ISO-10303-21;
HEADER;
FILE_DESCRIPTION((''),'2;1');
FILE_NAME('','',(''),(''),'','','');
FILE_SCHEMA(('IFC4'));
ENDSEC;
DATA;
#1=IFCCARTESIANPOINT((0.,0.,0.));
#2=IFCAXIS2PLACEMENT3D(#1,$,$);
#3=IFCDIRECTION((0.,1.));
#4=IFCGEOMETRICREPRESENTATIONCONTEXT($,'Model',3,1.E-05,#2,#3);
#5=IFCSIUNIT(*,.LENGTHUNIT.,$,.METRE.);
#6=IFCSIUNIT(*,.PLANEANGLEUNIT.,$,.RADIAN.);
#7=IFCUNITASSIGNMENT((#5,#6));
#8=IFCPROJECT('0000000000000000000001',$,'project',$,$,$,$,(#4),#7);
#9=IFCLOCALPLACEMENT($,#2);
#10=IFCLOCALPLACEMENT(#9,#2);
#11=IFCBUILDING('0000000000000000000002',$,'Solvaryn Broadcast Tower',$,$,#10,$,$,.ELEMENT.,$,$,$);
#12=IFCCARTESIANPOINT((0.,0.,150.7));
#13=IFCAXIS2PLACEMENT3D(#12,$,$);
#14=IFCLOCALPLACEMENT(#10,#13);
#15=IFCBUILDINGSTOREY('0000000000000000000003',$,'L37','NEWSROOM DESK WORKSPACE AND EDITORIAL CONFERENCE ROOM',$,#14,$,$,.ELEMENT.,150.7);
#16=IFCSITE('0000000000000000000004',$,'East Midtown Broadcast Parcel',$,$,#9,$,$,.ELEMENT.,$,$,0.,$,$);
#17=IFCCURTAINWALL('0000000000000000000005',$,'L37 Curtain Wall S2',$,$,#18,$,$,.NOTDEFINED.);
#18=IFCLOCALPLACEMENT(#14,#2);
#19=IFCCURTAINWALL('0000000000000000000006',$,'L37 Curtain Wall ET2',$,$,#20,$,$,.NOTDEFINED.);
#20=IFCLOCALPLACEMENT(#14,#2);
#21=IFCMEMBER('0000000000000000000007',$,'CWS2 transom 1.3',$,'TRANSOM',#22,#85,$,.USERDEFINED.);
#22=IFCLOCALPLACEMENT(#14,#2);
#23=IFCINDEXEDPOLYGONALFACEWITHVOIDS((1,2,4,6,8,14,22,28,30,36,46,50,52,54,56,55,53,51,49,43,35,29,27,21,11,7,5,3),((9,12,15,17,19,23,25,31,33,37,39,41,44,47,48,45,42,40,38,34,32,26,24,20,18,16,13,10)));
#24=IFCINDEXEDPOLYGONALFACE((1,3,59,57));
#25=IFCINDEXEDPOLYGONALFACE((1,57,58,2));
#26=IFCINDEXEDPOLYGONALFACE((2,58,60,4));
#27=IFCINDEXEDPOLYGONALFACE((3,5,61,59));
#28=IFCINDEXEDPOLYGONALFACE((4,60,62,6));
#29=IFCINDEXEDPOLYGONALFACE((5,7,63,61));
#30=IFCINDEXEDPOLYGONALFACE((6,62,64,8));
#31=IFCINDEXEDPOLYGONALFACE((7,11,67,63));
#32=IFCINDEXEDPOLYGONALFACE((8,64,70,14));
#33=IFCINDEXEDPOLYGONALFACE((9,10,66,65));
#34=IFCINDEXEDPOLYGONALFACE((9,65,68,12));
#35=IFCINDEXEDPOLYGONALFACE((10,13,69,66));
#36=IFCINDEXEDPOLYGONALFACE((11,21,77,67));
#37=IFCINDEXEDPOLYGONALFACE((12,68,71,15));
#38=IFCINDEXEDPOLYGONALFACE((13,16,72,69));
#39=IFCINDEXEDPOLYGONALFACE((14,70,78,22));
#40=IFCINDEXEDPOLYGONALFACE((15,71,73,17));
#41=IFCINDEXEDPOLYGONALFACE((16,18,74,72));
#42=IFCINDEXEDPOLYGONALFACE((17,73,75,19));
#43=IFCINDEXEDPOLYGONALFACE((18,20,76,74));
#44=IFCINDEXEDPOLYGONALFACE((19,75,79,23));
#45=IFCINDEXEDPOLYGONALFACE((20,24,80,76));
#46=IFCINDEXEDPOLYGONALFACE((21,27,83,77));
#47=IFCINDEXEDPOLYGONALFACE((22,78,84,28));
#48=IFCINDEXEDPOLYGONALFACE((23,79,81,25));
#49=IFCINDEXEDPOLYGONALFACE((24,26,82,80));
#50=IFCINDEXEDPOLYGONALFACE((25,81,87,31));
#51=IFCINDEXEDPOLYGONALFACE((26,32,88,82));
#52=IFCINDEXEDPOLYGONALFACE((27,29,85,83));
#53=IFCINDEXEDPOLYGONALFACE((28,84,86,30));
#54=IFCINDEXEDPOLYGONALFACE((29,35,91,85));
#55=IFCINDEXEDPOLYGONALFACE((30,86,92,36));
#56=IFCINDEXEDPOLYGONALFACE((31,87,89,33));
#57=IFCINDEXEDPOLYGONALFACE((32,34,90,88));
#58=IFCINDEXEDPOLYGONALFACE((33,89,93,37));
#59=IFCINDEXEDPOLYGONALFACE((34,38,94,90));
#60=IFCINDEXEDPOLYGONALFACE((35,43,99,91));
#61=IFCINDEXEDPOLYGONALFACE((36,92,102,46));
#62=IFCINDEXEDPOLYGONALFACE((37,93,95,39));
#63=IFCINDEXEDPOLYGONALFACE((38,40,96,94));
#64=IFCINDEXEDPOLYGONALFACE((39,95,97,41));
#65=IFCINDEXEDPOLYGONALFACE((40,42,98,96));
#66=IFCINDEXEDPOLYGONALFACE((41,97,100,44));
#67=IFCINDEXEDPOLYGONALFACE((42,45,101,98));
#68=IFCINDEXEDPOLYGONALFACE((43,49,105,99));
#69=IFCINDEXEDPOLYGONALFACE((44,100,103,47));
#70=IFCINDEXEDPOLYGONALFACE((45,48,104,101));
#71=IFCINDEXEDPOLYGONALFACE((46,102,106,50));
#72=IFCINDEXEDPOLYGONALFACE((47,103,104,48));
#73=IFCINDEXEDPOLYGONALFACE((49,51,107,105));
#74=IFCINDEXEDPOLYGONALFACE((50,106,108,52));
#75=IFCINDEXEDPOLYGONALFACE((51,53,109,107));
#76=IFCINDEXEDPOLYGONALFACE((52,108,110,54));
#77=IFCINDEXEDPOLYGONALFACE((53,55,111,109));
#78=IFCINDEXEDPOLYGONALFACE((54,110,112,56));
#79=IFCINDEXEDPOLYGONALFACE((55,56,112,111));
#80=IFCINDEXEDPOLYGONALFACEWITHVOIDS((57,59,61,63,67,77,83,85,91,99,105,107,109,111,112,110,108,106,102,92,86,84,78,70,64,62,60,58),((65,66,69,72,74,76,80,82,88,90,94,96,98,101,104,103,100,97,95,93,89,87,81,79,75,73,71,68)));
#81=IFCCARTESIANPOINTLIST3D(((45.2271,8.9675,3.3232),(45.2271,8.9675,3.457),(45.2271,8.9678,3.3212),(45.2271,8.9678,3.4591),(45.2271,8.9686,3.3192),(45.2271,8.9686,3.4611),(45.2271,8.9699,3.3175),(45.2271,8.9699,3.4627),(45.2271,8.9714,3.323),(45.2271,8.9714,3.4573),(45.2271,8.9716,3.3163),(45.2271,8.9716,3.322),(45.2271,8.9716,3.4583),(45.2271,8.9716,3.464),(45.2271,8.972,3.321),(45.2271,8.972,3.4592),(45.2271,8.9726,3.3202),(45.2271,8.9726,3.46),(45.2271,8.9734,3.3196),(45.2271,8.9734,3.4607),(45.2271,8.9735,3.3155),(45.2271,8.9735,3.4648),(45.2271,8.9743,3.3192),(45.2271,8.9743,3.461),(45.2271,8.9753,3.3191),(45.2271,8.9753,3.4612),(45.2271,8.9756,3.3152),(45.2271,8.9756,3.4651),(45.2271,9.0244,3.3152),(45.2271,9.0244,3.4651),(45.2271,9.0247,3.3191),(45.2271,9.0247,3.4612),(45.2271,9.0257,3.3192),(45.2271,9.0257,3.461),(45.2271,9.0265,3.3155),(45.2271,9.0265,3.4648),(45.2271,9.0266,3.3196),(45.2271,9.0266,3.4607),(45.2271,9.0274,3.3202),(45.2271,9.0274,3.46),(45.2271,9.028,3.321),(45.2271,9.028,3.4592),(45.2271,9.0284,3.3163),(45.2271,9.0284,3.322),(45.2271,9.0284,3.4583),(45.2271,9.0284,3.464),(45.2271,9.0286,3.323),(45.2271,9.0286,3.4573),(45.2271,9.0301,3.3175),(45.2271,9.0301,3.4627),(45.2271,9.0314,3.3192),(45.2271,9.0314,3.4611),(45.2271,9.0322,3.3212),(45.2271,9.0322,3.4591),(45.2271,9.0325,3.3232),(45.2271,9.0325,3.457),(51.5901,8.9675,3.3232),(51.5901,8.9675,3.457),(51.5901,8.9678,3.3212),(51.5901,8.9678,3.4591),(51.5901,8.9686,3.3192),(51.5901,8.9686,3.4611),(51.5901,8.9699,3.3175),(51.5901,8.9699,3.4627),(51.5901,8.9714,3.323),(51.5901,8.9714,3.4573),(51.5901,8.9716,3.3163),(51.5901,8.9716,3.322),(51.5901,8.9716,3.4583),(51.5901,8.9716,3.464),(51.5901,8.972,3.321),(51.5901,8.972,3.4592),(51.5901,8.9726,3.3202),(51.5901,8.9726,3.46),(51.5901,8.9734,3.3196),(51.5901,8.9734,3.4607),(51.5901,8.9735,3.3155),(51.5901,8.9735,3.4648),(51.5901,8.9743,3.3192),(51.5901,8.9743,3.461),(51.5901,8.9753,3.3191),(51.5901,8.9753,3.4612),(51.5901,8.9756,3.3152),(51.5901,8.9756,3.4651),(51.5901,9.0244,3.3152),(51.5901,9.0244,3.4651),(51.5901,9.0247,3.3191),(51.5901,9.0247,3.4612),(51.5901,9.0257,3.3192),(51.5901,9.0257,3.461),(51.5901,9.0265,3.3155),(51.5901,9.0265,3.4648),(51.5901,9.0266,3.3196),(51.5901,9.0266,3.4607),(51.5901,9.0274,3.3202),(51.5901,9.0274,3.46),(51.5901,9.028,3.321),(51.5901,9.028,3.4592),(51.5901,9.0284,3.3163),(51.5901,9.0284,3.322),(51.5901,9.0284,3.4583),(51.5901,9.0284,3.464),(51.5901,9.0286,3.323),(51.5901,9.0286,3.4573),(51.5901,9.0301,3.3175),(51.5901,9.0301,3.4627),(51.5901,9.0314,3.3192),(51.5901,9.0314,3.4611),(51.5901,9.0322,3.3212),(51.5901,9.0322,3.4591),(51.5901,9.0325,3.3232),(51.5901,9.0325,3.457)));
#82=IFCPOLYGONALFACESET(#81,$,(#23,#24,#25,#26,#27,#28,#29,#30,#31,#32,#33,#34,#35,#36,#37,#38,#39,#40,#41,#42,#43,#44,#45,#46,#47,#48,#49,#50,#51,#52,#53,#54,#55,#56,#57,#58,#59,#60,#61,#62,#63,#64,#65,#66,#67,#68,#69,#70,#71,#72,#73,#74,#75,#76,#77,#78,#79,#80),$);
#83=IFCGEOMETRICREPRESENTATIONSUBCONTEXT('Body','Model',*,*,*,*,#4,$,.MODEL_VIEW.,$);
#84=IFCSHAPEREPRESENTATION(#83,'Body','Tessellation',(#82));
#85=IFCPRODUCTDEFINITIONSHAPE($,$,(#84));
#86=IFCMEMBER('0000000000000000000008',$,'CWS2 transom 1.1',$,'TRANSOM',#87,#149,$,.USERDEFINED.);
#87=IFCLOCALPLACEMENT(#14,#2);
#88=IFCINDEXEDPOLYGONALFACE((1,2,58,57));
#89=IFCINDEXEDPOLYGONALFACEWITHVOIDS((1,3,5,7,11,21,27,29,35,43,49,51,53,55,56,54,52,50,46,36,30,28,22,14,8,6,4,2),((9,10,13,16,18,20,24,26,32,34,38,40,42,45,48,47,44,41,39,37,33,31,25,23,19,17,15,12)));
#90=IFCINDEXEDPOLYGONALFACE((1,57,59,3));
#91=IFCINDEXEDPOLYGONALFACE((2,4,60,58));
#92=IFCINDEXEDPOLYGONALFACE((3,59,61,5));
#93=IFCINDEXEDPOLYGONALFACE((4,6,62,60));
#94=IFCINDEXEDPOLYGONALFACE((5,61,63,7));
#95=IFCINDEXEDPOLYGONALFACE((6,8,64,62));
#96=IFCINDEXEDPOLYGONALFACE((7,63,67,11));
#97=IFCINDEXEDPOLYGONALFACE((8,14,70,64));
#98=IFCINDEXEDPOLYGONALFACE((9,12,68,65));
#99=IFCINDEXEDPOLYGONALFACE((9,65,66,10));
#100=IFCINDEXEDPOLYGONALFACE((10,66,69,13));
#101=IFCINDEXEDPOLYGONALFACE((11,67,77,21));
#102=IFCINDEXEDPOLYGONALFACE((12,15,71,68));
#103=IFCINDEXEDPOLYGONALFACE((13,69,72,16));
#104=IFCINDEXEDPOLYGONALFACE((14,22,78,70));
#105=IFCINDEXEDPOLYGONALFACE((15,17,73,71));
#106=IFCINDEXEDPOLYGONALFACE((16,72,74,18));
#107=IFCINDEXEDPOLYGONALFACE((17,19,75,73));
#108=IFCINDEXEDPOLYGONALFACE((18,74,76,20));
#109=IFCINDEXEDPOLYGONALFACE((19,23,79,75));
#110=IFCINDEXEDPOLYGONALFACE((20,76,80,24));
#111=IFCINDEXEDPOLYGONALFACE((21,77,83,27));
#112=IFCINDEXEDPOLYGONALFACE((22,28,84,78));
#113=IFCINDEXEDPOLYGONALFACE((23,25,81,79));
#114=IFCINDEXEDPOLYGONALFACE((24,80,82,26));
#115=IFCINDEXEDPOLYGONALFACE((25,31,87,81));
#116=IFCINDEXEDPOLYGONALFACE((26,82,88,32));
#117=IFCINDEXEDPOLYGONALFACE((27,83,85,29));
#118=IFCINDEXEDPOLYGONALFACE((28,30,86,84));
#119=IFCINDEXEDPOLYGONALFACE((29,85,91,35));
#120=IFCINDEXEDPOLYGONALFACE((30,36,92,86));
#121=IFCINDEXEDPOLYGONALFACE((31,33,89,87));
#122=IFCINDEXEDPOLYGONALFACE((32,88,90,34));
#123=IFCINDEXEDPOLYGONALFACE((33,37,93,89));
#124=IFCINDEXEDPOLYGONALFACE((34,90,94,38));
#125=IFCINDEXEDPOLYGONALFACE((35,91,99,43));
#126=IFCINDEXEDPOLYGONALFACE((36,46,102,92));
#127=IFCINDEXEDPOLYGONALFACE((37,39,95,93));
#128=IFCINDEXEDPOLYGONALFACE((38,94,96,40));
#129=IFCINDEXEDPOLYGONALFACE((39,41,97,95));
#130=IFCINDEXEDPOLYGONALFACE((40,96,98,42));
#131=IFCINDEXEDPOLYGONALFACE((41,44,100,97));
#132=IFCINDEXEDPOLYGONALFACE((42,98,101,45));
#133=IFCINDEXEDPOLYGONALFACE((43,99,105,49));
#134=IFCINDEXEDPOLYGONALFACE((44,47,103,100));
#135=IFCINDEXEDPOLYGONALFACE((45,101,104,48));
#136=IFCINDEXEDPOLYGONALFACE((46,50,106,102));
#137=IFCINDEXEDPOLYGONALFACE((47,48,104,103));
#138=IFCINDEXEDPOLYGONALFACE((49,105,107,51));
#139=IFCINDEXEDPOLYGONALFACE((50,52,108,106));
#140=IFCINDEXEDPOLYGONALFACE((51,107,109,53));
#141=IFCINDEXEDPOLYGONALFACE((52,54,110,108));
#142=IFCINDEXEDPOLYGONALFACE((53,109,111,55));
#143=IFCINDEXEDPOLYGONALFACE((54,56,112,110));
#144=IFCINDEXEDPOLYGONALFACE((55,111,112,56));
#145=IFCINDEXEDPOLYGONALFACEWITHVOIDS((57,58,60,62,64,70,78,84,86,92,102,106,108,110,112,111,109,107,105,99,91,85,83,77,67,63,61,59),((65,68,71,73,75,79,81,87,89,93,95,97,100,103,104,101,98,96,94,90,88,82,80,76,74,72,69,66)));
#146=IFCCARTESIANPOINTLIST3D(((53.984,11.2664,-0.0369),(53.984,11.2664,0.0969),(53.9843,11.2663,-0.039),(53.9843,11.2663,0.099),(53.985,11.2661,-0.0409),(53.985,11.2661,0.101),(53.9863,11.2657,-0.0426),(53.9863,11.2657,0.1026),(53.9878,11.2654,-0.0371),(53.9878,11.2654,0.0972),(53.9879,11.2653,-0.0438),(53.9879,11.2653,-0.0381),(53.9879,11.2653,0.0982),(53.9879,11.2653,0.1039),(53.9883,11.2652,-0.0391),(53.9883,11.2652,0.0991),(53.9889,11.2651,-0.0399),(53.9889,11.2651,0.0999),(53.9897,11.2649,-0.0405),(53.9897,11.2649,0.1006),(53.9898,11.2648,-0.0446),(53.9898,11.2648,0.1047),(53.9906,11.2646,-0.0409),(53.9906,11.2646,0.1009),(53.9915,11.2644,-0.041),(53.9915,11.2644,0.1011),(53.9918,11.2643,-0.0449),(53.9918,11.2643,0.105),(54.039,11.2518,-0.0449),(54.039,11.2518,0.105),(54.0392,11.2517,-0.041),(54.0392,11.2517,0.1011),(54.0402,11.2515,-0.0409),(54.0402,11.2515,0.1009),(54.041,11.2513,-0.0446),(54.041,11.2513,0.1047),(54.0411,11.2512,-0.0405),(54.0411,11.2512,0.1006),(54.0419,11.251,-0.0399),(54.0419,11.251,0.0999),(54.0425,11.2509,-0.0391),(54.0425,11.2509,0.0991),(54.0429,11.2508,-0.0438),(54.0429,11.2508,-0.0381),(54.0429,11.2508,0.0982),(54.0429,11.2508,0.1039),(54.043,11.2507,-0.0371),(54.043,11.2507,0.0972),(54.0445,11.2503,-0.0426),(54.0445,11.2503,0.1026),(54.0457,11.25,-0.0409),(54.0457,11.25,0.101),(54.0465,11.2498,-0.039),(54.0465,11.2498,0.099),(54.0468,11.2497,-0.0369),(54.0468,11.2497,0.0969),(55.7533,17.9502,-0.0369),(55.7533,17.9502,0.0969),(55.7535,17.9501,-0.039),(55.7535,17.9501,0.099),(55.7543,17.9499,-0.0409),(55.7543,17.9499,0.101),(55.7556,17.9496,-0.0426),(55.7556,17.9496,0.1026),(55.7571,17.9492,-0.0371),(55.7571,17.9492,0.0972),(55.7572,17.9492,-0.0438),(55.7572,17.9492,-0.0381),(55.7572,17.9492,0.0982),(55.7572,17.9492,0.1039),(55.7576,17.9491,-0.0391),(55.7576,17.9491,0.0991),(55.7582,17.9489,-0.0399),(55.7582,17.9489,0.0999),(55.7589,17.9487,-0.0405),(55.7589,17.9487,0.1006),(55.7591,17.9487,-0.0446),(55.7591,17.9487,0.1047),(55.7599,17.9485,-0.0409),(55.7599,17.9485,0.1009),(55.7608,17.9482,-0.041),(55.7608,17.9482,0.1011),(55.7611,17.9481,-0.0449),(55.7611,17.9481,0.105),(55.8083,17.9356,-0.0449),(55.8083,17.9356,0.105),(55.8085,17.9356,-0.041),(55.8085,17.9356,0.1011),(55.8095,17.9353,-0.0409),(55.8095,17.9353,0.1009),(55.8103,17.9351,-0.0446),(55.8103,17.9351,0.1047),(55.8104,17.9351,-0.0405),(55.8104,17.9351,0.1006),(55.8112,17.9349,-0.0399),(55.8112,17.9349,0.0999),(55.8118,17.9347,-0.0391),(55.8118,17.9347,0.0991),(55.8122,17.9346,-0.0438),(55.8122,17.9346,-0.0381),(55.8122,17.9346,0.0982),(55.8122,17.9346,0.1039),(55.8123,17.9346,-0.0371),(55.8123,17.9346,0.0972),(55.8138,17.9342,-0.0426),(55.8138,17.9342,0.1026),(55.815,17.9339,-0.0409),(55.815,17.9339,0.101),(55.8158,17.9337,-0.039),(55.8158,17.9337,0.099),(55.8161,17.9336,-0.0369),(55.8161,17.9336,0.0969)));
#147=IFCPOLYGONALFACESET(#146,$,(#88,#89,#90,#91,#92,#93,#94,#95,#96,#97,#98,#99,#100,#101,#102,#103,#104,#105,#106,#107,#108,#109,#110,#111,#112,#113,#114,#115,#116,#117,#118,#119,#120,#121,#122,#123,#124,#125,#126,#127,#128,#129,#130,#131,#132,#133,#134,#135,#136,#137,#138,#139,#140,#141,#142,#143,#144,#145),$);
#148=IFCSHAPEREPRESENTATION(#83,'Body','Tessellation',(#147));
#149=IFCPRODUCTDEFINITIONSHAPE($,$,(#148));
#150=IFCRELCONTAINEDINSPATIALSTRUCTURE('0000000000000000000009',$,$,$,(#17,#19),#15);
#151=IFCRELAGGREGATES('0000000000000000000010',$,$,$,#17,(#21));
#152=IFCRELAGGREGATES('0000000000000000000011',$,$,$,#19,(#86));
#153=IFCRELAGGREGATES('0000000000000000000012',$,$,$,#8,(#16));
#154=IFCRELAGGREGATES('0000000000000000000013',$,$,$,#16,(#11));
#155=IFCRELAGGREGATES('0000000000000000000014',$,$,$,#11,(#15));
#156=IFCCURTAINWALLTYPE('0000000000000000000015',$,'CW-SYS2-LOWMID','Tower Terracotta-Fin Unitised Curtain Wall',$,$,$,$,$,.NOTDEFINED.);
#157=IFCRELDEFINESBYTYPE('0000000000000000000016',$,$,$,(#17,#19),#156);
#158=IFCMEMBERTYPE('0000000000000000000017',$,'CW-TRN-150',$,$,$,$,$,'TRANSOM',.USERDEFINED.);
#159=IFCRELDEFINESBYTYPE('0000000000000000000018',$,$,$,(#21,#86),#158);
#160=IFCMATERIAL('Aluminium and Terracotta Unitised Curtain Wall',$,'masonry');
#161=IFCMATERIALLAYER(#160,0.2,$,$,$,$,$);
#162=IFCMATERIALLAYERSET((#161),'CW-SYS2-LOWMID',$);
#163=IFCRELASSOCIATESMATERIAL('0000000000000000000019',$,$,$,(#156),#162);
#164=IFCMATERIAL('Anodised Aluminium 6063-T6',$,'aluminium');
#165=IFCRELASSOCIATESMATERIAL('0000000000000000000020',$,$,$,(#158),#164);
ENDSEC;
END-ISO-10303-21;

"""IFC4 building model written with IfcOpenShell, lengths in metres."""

from ifc_helpers import new_model, si_unit, direction, frame, origin, origin_2d, place, context, subcontext, project, spatial, hollow_rectangle, extrude, material, layer, layer_set, material_profile, profile_set, type_object, element, aggregate, save


model = new_model("IFC4")

# Units and contexts
model_context = context("Model", 3, precision=1e-05, world=origin(), true_north=direction((0.0, 1.0)))
body_context = subcontext(model_context, "Body", "Model", "MODEL_VIEW")
ifc_project = project(units=[si_unit("LENGTHUNIT", "METRE"), si_unit("PLANEANGLEUNIT", "RADIAN")], contexts=[model_context])

# Site, building, storey
site_placement = place(None, origin())
site = spatial("IfcSite", under=ifc_project, at=site_placement, Name="East Midtown Broadcast Parcel", CompositionType="ELEMENT", RefElevation=0.0)
building_placement = place(site_placement, origin())
building = spatial("IfcBuilding", under=site, at=building_placement, Name="Solvaryn Broadcast Tower", CompositionType="ELEMENT")
storey_placement = place(building_placement, frame((0.0, 0.0, 150.7)))
storey = spatial("IfcBuildingStorey", under=building, at=storey_placement, Name="L37", Description="NEWSROOM DESK WORKSPACE AND EDITORIAL CONFERENCE ROOM", CompositionType="ELEMENT", Elevation=150.7)

# Curtain wall
ifc_material_1 = material(Name="Aluminium and Terracotta Unitised Curtain Wall", Category="masonry")
ifc_layer_1 = layer(ifc_material_1, 0.2)
ifc_layer_set_1 = layer_set([ifc_layer_1], Name="CW-SYS2-LOWMID")
curtain_wall_type = type_object("IfcCurtainWallType", Name="CW-SYS2-LOWMID", Description="Tower Terracotta-Fin Unitised Curtain Wall", PredefinedType="NOTDEFINED", material=ifc_layer_set_1)
curtain_wall_1_placement = place(storey_placement, origin())
curtain_wall_1 = element("IfcCurtainWall", 1, at=curtain_wall_1_placement, inside=storey, type_object=curtain_wall_type, Name="L37 Curtain Wall S2", PredefinedType="NOTDEFINED")

# Curtain wall
curtain_wall_2_placement = place(storey_placement, origin())
curtain_wall_2 = element("IfcCurtainWall", 2, at=curtain_wall_2_placement, inside=storey, type_object=curtain_wall_type, Name="L37 Curtain Wall ET2", PredefinedType="NOTDEFINED")

# Members
ifc_material_2 = material(Name="Anodised Aluminium 6063-T6", Category="aluminium")
ifc_material_profile_1 = material_profile(ifc_material_2, hollow_rectangle(XDim=0.0649, YDim=0.1499, WallThickness=0.0039, InnerFilletRadius=0.0039, OuterFilletRadius=0.0081, at=origin_2d()))
ifc_profile_set_1 = profile_set([ifc_material_profile_1], Name="Anodised Aluminium 6063-T6")
member_type_1 = type_object("IfcMemberType", Name="CW-TRN-150", ElementType="TRANSOM", PredefinedType="USERDEFINED", material=ifc_profile_set_1)
member_1_placement = place(storey_placement, frame((45.2271, 9.0, 3.3901), z_axis=(1.0, 0.0, 0.0), x_axis=(0.0, 1.0, 0.0)))
member_1 = element("IfcMember", 3, at=member_1_placement, type_object=member_type_1, Name="CWS2 transom 1.3", ObjectType="TRANSOM", PredefinedType="USERDEFINED", context=body_context, shape_type="SweptSolid", body=[
    extrude(hollow_rectangle(XDim=0.0649, YDim=0.1499, WallThickness=0.0039, InnerFilletRadius=0.0039, OuterFilletRadius=0.0081, at=origin_2d()), origin(), (0.0, 0.0, 1.0), 6.363),
])
member_2_placement = place(storey_placement, frame((55.7847, 17.9419, 0.03), z_axis=(-0.255897, -0.966704, 0.0), x_axis=(0.966704, -0.255897, 0.0)))
member_2 = element("IfcMember", 4, at=member_2_placement, type_object=member_type_1, Name="CWS2 transom 1.1", ObjectType="TRANSOM", PredefinedType="USERDEFINED", context=body_context, shape_type="SweptSolid", body=[
    extrude(hollow_rectangle(XDim=0.0649, YDim=0.1499, WallThickness=0.0039, InnerFilletRadius=0.0039, OuterFilletRadius=0.0081, at=origin_2d()), origin(), (0.0, 0.0, 1.0), 6.9141),
])

aggregate(curtain_wall_1, [member_1])
aggregate(curtain_wall_2, [member_2])

save(model, "model.ifc")
